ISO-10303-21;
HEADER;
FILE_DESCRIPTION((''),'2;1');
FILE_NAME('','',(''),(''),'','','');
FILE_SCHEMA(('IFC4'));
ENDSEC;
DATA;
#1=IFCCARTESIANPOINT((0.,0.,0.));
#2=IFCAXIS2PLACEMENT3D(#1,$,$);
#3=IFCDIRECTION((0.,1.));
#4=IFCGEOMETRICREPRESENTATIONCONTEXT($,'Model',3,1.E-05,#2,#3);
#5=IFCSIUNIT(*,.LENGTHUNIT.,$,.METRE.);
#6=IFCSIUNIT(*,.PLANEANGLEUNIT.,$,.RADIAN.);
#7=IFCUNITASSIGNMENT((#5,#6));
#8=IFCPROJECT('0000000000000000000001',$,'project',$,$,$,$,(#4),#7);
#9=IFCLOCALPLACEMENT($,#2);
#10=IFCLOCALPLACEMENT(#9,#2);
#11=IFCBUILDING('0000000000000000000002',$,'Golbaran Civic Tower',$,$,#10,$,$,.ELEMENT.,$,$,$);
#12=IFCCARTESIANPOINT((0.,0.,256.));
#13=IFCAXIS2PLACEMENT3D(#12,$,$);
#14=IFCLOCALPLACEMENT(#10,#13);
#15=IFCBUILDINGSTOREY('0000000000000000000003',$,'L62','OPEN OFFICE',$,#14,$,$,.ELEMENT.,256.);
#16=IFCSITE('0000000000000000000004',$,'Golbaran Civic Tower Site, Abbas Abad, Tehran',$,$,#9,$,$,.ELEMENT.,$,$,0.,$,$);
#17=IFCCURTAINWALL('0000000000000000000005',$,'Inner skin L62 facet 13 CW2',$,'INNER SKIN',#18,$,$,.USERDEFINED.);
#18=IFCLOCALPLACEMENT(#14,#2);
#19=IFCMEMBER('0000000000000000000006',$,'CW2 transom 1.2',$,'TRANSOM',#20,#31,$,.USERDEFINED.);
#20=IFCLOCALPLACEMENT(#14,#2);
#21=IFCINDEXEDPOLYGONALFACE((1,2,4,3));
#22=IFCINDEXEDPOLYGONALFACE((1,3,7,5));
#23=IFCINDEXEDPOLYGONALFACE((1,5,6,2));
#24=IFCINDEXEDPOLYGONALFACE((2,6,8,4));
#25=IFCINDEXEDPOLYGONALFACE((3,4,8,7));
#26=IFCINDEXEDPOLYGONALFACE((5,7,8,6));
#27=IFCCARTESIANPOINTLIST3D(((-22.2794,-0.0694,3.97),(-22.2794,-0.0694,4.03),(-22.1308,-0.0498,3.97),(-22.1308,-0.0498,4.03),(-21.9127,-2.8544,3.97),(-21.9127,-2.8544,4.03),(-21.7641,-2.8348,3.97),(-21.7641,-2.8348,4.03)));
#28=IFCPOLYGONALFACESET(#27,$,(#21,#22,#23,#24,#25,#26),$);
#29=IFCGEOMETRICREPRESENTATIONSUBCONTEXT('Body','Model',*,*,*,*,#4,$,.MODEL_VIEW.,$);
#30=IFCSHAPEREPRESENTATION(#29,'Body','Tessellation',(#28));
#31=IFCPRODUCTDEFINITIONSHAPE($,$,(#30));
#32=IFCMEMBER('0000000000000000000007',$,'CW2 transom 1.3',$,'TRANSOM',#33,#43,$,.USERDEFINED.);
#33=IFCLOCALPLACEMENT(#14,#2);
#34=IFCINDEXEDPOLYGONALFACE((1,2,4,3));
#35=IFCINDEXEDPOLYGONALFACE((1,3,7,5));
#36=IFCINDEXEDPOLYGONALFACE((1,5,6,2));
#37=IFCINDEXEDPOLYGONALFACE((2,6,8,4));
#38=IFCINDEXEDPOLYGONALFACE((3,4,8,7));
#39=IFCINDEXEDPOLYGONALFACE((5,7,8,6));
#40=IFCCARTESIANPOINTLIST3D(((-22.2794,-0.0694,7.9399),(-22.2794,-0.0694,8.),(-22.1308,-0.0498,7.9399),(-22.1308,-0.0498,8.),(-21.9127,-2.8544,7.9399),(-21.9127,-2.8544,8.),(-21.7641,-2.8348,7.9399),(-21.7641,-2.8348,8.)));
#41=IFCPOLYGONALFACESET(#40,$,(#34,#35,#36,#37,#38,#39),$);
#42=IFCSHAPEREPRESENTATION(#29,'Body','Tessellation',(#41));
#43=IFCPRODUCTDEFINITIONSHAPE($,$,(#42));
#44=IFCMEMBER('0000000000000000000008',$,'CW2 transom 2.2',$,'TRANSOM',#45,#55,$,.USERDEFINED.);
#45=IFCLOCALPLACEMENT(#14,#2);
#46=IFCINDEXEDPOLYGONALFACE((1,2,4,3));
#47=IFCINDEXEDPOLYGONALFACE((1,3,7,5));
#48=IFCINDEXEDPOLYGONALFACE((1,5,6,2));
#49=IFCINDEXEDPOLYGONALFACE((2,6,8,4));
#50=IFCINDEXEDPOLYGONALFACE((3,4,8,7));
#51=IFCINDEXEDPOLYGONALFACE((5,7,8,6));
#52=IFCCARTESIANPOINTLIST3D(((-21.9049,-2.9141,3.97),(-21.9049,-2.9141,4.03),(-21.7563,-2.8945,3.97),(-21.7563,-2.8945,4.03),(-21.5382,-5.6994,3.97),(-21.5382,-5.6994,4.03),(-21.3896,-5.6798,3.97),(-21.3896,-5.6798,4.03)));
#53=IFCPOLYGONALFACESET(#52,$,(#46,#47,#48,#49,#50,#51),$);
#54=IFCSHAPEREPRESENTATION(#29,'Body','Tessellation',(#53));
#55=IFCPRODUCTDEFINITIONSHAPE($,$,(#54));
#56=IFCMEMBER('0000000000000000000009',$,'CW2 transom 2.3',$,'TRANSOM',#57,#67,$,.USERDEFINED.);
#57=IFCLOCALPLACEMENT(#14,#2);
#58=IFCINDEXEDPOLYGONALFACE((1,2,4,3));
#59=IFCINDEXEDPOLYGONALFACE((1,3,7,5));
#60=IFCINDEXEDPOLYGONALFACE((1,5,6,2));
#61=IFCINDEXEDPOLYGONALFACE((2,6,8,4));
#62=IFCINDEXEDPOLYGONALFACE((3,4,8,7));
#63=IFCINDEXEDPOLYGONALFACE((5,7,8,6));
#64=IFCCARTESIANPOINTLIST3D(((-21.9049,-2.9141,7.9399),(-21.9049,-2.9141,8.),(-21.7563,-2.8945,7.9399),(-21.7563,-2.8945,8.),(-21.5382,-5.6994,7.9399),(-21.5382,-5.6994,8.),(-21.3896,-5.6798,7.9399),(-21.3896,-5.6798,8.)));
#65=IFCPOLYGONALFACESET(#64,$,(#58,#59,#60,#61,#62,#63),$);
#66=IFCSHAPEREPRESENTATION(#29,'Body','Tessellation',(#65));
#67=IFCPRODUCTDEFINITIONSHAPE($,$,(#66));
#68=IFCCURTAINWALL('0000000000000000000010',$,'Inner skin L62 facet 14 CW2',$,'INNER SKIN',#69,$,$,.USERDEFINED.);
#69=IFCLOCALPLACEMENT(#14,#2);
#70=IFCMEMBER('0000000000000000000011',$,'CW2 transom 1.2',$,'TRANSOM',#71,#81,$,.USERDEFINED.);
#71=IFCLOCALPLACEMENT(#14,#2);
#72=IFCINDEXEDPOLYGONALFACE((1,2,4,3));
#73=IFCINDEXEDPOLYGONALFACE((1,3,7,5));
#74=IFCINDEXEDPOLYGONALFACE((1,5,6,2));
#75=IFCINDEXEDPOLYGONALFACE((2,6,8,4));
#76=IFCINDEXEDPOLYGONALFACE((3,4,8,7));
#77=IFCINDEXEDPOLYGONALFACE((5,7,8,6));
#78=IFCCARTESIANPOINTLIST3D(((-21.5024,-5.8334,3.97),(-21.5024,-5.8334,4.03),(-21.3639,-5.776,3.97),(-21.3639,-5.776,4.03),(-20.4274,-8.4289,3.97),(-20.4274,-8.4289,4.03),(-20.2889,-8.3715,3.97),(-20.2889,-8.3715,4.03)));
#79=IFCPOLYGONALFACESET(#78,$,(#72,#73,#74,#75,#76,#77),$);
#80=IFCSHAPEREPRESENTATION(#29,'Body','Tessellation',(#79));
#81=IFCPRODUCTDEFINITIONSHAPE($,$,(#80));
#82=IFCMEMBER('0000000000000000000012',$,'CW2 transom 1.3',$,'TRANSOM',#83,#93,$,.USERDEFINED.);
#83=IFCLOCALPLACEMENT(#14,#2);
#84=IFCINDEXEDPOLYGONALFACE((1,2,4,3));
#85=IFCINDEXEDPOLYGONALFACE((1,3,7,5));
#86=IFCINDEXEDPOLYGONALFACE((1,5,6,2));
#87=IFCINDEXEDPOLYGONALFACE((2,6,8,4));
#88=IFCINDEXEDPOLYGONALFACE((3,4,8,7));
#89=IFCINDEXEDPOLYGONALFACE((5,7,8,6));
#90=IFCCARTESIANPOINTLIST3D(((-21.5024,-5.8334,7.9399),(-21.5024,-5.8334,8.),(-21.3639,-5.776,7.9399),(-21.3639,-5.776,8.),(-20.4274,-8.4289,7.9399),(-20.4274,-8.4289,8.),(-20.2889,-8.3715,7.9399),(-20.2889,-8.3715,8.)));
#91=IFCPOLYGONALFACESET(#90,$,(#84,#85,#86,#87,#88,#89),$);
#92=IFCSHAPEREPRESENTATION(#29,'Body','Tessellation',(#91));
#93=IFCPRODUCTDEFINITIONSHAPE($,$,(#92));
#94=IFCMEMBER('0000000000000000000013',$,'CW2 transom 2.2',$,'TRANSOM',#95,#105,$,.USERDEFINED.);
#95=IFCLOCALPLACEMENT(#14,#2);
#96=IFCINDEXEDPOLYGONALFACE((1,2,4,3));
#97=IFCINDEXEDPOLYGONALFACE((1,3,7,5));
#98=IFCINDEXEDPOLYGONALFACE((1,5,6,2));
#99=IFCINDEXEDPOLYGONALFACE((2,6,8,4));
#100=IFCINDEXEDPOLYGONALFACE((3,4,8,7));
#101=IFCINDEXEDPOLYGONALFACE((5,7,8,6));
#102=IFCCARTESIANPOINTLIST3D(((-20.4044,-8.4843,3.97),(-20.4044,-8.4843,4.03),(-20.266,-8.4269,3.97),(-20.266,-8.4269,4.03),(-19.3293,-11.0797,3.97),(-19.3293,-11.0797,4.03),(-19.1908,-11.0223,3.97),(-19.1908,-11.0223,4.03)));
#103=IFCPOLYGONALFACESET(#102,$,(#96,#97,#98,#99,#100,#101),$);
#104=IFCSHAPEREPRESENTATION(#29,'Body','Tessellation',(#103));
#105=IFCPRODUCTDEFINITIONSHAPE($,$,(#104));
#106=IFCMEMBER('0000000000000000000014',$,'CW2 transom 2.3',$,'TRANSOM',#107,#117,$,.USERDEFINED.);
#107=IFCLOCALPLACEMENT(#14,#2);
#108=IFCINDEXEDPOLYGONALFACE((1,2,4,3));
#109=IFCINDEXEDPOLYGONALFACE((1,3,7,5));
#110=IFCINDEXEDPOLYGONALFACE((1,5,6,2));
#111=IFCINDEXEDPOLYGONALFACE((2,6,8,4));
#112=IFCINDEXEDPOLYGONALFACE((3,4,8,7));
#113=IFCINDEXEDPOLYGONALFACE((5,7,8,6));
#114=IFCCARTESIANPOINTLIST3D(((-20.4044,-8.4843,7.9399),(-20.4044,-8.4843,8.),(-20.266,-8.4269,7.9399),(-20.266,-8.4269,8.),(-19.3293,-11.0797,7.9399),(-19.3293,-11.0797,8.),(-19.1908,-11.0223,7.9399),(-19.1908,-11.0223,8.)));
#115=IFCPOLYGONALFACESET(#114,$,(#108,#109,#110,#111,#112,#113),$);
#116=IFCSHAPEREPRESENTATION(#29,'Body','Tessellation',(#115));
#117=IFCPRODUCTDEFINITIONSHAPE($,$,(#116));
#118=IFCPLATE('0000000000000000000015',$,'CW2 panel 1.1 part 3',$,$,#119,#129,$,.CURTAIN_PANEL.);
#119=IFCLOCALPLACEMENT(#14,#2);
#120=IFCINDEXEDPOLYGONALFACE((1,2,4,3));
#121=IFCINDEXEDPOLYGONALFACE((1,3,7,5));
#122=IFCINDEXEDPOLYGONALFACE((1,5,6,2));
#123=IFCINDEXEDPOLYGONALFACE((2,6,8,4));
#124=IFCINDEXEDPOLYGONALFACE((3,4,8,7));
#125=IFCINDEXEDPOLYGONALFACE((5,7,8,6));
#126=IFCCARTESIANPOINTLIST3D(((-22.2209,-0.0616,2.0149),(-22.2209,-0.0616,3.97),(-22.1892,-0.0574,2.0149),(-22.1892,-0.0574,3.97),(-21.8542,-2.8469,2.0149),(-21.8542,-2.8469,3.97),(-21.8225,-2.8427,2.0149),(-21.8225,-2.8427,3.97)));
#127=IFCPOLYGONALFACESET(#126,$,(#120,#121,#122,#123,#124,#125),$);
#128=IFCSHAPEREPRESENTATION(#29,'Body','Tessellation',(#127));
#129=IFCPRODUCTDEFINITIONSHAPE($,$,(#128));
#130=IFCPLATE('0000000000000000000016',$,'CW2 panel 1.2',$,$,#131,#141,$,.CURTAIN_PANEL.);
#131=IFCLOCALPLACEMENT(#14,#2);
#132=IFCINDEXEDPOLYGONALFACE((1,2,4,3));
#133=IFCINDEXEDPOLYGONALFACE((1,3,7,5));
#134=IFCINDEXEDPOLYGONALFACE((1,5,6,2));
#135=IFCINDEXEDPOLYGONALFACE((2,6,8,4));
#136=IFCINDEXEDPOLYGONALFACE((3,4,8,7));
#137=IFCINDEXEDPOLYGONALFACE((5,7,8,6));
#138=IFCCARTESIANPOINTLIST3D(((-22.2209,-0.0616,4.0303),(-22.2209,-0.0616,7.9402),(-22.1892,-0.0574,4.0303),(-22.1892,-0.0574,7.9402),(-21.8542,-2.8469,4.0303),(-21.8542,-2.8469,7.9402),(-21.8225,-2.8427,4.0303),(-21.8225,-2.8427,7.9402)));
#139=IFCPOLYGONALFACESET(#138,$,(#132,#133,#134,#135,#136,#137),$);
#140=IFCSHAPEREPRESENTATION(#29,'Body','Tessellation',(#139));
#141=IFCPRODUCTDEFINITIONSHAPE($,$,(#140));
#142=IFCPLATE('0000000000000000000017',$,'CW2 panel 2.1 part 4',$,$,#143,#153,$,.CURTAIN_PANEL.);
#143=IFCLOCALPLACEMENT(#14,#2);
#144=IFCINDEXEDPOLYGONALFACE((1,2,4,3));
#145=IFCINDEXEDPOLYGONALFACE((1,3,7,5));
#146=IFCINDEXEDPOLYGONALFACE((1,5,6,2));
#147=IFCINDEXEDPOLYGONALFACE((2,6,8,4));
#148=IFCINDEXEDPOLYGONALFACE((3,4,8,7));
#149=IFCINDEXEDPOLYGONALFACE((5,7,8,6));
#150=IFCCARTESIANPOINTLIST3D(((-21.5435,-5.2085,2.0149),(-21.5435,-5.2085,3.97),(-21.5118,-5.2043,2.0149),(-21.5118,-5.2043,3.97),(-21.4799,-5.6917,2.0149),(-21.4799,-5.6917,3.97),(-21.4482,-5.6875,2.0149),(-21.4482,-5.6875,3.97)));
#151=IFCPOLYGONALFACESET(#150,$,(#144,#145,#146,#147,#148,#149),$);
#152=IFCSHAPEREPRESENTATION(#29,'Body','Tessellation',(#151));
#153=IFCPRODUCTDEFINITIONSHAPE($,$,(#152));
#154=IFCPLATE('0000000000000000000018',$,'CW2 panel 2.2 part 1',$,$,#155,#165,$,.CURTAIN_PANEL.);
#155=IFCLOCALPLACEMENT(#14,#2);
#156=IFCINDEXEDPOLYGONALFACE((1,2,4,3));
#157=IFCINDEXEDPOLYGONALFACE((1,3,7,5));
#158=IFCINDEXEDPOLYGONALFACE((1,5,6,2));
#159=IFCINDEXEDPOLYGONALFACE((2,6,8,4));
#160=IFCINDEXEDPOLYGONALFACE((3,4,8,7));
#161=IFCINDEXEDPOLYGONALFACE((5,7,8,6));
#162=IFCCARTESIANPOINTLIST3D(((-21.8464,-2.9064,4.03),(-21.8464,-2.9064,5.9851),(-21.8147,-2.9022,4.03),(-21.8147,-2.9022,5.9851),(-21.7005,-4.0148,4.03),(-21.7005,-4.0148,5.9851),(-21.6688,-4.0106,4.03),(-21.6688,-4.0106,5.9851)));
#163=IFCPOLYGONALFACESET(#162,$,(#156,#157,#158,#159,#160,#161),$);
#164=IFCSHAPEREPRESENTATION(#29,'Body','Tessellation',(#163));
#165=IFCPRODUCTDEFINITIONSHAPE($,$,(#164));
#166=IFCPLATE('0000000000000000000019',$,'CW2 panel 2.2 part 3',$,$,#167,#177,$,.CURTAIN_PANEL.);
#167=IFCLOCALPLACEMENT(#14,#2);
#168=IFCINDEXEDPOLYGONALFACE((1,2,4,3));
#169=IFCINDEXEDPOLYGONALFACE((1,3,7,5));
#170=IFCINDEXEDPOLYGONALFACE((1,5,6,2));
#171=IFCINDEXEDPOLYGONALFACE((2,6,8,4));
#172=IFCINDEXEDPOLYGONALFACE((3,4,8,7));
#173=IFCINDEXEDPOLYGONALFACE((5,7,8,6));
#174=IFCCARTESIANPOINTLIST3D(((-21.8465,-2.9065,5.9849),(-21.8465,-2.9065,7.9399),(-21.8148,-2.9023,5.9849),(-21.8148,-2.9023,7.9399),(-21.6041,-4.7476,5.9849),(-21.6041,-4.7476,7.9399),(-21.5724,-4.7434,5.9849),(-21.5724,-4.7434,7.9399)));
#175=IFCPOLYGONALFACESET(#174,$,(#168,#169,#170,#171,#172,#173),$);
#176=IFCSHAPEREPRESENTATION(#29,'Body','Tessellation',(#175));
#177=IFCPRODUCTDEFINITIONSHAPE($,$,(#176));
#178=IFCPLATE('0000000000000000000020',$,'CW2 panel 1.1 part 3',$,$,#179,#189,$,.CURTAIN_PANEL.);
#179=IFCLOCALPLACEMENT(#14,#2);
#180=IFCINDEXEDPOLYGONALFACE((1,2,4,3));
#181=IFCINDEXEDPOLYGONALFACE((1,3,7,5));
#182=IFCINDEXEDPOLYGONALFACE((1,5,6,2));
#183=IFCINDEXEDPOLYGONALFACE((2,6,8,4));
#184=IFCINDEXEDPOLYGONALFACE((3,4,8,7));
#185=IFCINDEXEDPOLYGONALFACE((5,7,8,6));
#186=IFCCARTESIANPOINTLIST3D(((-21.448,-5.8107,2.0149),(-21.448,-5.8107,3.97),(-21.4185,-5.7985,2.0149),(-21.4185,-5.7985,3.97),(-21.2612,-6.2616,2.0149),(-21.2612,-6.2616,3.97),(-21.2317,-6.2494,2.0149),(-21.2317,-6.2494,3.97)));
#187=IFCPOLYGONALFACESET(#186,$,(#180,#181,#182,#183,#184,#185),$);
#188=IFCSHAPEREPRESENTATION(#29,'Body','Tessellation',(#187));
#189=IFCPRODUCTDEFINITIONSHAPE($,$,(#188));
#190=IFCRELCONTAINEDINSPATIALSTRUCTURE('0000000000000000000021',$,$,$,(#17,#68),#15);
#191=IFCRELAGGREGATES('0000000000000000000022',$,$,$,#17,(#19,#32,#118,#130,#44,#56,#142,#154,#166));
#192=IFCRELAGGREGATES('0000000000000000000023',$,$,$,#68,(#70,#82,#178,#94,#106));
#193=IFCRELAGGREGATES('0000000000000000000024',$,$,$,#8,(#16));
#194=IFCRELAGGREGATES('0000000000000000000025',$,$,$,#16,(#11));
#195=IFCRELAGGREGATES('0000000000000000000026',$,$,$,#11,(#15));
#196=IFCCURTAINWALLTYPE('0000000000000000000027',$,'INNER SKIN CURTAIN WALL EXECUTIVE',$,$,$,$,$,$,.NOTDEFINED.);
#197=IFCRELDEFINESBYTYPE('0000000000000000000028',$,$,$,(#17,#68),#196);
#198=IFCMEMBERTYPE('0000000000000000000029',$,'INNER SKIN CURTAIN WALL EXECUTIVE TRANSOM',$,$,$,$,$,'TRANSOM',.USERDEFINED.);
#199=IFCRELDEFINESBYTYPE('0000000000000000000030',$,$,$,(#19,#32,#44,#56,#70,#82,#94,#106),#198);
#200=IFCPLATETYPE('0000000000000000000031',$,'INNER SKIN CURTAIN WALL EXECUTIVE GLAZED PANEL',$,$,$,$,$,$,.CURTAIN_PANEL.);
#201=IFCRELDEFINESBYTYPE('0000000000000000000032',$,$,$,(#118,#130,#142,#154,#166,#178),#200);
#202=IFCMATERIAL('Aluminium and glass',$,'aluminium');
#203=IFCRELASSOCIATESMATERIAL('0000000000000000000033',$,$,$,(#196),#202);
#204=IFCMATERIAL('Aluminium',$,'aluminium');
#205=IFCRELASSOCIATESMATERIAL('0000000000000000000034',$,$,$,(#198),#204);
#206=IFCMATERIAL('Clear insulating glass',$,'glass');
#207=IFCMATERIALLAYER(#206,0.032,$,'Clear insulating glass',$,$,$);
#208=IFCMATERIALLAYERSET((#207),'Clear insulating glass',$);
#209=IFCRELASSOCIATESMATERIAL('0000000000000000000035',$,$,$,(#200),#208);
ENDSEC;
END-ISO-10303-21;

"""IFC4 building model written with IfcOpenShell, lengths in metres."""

from ifc_helpers import new_model, si_unit, direction, frame, origin, origin_2d, place, context, subcontext, project, spatial, rectangle, extrude, material, layer, layer_set, material_profile, profile_set, type_object, element, aggregate, save


model = new_model("IFC4")

# Units and contexts
model_context = context("Model", 3, precision=1e-05, world=origin(), true_north=direction((0.0, 1.0)))
body_context = subcontext(model_context, "Body", "Model", "MODEL_VIEW")
ifc_project = project(units=[si_unit("LENGTHUNIT", "METRE"), si_unit("PLANEANGLEUNIT", "RADIAN")], contexts=[model_context])

# Site, building, storey
site_placement = place(None, origin())
site = spatial("IfcSite", under=ifc_project, at=site_placement, Name="Golbaran Civic Tower Site, Abbas Abad, Tehran", CompositionType="ELEMENT", RefElevation=0.0)
building_placement = place(site_placement, origin())
building = spatial("IfcBuilding", under=site, at=building_placement, Name="Golbaran Civic Tower", CompositionType="ELEMENT")
storey_placement = place(building_placement, frame((0.0, 0.0, 256.0)))
storey = spatial("IfcBuildingStorey", under=building, at=storey_placement, Name="L62", Description="OPEN OFFICE", CompositionType="ELEMENT", Elevation=256.0)

# Curtain walls, members
ifc_material_1 = material(Name="Aluminium and glass", Category="aluminium")
curtain_wall_type = type_object("IfcCurtainWallType", Name="INNER SKIN CURTAIN WALL EXECUTIVE", PredefinedType="NOTDEFINED", material=ifc_material_1)
curtain_wall_1_placement = place(storey_placement, origin())
curtain_wall_1 = element("IfcCurtainWall", 1, at=curtain_wall_1_placement, inside=storey, type_object=curtain_wall_type, Name="Inner skin L62 facet 13 CW2", ObjectType="INNER SKIN", PredefinedType="USERDEFINED")
ifc_material_2 = material(Name="Aluminium", Category="aluminium")
ifc_material_profile = material_profile(ifc_material_2, rectangle(XDim=0.1499, YDim=0.0601, at=origin_2d()), Name="INNER SKIN CURTAIN WALL EXECUTIVE TRANSOM")
ifc_profile_set = profile_set([ifc_material_profile], Name="Aluminium")
member_type = type_object("IfcMemberType", Name="INNER SKIN CURTAIN WALL EXECUTIVE TRANSOM", ElementType="TRANSOM", PredefinedType="USERDEFINED", material=ifc_profile_set)
member_1_placement = place(storey_placement, frame((-22.2051, -0.0596, 4.0), z_axis=(0.130535, -0.991444, 0.0), x_axis=(0.991444, 0.130535, 0.0)))
member_1 = element("IfcMember", 2, at=member_1_placement, type_object=member_type, Name="CW2 transom 1.2", ObjectType="TRANSOM", PredefinedType="USERDEFINED", context=body_context, shape_type="SweptSolid", body=[
    extrude(rectangle(XDim=0.1499, YDim=0.0601, at=origin_2d()), origin(), (0.0, 0.0, 1.0), 2.8091),
])
member_2_placement = place(storey_placement, frame((-22.2051, -0.0596, 7.97), z_axis=(0.130535, -0.991444, 0.0), x_axis=(0.991444, 0.130535, 0.0)))
member_2 = element("IfcMember", 3, at=member_2_placement, type_object=member_type, Name="CW2 transom 1.3", ObjectType="TRANSOM", PredefinedType="USERDEFINED", context=body_context, shape_type="SweptSolid", body=[
    extrude(rectangle(XDim=0.1499, YDim=0.0601, at=origin_2d()), origin(), (0.0, 0.0, 1.0), 2.8091),
])
member_3_placement = place(storey_placement, frame((-21.8306, -2.9043, 4.0), z_axis=(0.130524, -0.991445, 0.0), x_axis=(0.991445, 0.130524, 0.0)))
member_3 = element("IfcMember", 4, at=member_3_placement, type_object=member_type, Name="CW2 transom 2.2", ObjectType="TRANSOM", PredefinedType="USERDEFINED", context=body_context, shape_type="SweptSolid", body=[
    extrude(rectangle(XDim=0.1499, YDim=0.0601, at=origin_2d()), origin(), (0.0, 0.0, 1.0), 2.8093),
])
member_4_placement = place(storey_placement, frame((-21.8306, -2.9043, 7.97), z_axis=(0.130524, -0.991445, 0.0), x_axis=(0.991445, 0.130524, 0.0)))
member_4 = element("IfcMember", 5, at=member_4_placement, type_object=member_type, Name="CW2 transom 2.3", ObjectType="TRANSOM", PredefinedType="USERDEFINED", context=body_context, shape_type="SweptSolid", body=[
    extrude(rectangle(XDim=0.1499, YDim=0.0601, at=origin_2d()), origin(), (0.0, 0.0, 1.0), 2.8093),
])
curtain_wall_2_placement = place(storey_placement, origin())
curtain_wall_2 = element("IfcCurtainWall", 6, at=curtain_wall_2_placement, inside=storey, type_object=curtain_wall_type, Name="Inner skin L62 facet 14 CW2", ObjectType="INNER SKIN", PredefinedType="USERDEFINED")
member_5_placement = place(storey_placement, frame((-21.4331, -5.8047, 4.0), z_axis=(0.382646, -0.923895, 0.0), x_axis=(0.923895, 0.382646, 0.0)))
member_5 = element("IfcMember", 7, at=member_5_placement, type_object=member_type, Name="CW2 transom 1.2", ObjectType="TRANSOM", PredefinedType="USERDEFINED", context=body_context, shape_type="SweptSolid", body=[
    extrude(rectangle(XDim=0.1499, YDim=0.0601, at=origin_2d()), origin(), (0.0, 0.0, 1.0), 2.8093),
])
member_6_placement = place(storey_placement, frame((-21.4331, -5.8047, 7.97), z_axis=(0.382646, -0.923895, 0.0), x_axis=(0.923895, 0.382646, 0.0)))
member_6 = element("IfcMember", 8, at=member_6_placement, type_object=member_type, Name="CW2 transom 1.3", ObjectType="TRANSOM", PredefinedType="USERDEFINED", context=body_context, shape_type="SweptSolid", body=[
    extrude(rectangle(XDim=0.1499, YDim=0.0601, at=origin_2d()), origin(), (0.0, 0.0, 1.0), 2.8093),
])
member_7_placement = place(storey_placement, frame((-20.3352, -8.4556, 4.0), z_axis=(0.38272, -0.923864, 0.0), x_axis=(0.923864, 0.38272, 0.0)))
member_7 = element("IfcMember", 9, at=member_7_placement, type_object=member_type, Name="CW2 transom 2.2", ObjectType="TRANSOM", PredefinedType="USERDEFINED", context=body_context, shape_type="SweptSolid", body=[
    extrude(rectangle(XDim=0.1499, YDim=0.0601, at=origin_2d()), origin(), (0.0, 0.0, 1.0), 2.8093),
])
member_8_placement = place(storey_placement, frame((-20.3352, -8.4556, 7.97), z_axis=(0.38272, -0.923864, 0.0), x_axis=(0.923864, 0.38272, 0.0)))
member_8 = element("IfcMember", 10, at=member_8_placement, type_object=member_type, Name="CW2 transom 2.3", ObjectType="TRANSOM", PredefinedType="USERDEFINED", context=body_context, shape_type="SweptSolid", body=[
    extrude(rectangle(XDim=0.1499, YDim=0.0601, at=origin_2d()), origin(), (0.0, 0.0, 1.0), 2.8093),
])

# Plates
ifc_material_3 = material(Name="Clear insulating glass", Category="glass")
ifc_layer_1 = layer(ifc_material_3, 0.032, Name="Clear insulating glass")
ifc_layer_set_1 = layer_set([ifc_layer_1], Name="Clear insulating glass")
plate_type_1 = type_object("IfcPlateType", Name="INNER SKIN CURTAIN WALL EXECUTIVE GLAZED PANEL", PredefinedType="CURTAIN_PANEL", material=ifc_layer_set_1)
plate_1_placement = place(storey_placement, frame((-22.0217, -1.4521, 2.0149), z_axis=(0.0, 0.0, 1.0), x_axis=(0.130526, -0.991445, 0.0)))
plate_1 = element("IfcPlate", 11, at=plate_1_placement, type_object=plate_type_1, Name="CW2 panel 1.1 part 3", PredefinedType="CURTAIN_PANEL", context=body_context, shape_type="SweptSolid", body=[
    extrude(rectangle(XDim=2.8093, YDim=0.032, at=origin_2d()), origin(), (0.0, 0.0, 1.0), 1.9551),
])
plate_2_placement = place(storey_placement, frame((-22.0217, -1.4521, 4.0303), z_axis=(0.0, 0.0, 1.0), x_axis=(0.130526, -0.991445, 0.0)))
plate_2 = element("IfcPlate", 12, at=plate_2_placement, type_object=plate_type_1, Name="CW2 panel 1.2", PredefinedType="CURTAIN_PANEL", context=body_context, shape_type="SweptSolid", body=[
    extrude(rectangle(XDim=2.8093, YDim=0.032, at=origin_2d()), origin(), (0.0, 0.0, 1.0), 3.9099),
])
plate_3_placement = place(storey_placement, frame((-21.4958, -5.448, 2.0149), z_axis=(0.0, 0.0, 1.0), x_axis=(0.130526, -0.991445, 0.0)))
plate_3 = element("IfcPlate", 13, at=plate_3_placement, type_object=plate_type_1, Name="CW2 panel 2.1 part 4", PredefinedType="CURTAIN_PANEL", context=body_context, shape_type="SweptSolid", body=[
    extrude(rectangle(XDim=0.4873, YDim=0.032, at=origin_2d()), origin(), (0.0, 0.0, 1.0), 1.9551),
])
plate_4_placement = place(storey_placement, frame((-21.7576, -3.4585, 4.03), z_axis=(0.0, 0.0, 1.0), x_axis=(0.130526, -0.991445, 0.0)))
plate_4 = element("IfcPlate", 14, at=plate_4_placement, type_object=plate_type_1, Name="CW2 panel 2.2 part 1", PredefinedType="CURTAIN_PANEL", context=body_context, shape_type="SweptSolid", body=[
    extrude(rectangle(XDim=1.1179, YDim=0.032, at=origin_2d()), origin(), (0.0, 0.0, 1.0), 1.9551),
])
plate_5_placement = place(storey_placement, frame((-21.7095, -3.825, 5.9849), z_axis=(0.0, 0.0, 1.0), x_axis=(0.130526, -0.991445, 0.0)))
plate_5 = element("IfcPlate", 15, at=plate_5_placement, type_object=plate_type_1, Name="CW2 panel 2.2 part 3", PredefinedType="CURTAIN_PANEL", context=body_context, shape_type="SweptSolid", body=[
    extrude(rectangle(XDim=1.8569, YDim=0.032, at=origin_2d()), origin(), (0.0, 0.0, 1.0), 1.9551),
])
plate_6_placement = place(storey_placement, frame((-21.3398, -6.03, 2.0149), z_axis=(0.0, 0.0, 1.0), x_axis=(0.382683, -0.92388, 0.0)))
plate_6 = element("IfcPlate", 16, at=plate_6_placement, type_object=plate_type_1, Name="CW2 panel 1.1 part 3", PredefinedType="CURTAIN_PANEL", context=body_context, shape_type="SweptSolid", body=[
    extrude(rectangle(XDim=0.488, YDim=0.032, at=origin_2d()), origin(), (0.0, 0.0, 1.0), 1.9551),
])
aggregate(curtain_wall_1, [member_1, member_2, plate_1, plate_2, member_3, member_4, plate_3, plate_4, plate_5])
aggregate(curtain_wall_2, [member_5, member_6, plate_6, member_7, member_8])

save(model, "model.ifc")
